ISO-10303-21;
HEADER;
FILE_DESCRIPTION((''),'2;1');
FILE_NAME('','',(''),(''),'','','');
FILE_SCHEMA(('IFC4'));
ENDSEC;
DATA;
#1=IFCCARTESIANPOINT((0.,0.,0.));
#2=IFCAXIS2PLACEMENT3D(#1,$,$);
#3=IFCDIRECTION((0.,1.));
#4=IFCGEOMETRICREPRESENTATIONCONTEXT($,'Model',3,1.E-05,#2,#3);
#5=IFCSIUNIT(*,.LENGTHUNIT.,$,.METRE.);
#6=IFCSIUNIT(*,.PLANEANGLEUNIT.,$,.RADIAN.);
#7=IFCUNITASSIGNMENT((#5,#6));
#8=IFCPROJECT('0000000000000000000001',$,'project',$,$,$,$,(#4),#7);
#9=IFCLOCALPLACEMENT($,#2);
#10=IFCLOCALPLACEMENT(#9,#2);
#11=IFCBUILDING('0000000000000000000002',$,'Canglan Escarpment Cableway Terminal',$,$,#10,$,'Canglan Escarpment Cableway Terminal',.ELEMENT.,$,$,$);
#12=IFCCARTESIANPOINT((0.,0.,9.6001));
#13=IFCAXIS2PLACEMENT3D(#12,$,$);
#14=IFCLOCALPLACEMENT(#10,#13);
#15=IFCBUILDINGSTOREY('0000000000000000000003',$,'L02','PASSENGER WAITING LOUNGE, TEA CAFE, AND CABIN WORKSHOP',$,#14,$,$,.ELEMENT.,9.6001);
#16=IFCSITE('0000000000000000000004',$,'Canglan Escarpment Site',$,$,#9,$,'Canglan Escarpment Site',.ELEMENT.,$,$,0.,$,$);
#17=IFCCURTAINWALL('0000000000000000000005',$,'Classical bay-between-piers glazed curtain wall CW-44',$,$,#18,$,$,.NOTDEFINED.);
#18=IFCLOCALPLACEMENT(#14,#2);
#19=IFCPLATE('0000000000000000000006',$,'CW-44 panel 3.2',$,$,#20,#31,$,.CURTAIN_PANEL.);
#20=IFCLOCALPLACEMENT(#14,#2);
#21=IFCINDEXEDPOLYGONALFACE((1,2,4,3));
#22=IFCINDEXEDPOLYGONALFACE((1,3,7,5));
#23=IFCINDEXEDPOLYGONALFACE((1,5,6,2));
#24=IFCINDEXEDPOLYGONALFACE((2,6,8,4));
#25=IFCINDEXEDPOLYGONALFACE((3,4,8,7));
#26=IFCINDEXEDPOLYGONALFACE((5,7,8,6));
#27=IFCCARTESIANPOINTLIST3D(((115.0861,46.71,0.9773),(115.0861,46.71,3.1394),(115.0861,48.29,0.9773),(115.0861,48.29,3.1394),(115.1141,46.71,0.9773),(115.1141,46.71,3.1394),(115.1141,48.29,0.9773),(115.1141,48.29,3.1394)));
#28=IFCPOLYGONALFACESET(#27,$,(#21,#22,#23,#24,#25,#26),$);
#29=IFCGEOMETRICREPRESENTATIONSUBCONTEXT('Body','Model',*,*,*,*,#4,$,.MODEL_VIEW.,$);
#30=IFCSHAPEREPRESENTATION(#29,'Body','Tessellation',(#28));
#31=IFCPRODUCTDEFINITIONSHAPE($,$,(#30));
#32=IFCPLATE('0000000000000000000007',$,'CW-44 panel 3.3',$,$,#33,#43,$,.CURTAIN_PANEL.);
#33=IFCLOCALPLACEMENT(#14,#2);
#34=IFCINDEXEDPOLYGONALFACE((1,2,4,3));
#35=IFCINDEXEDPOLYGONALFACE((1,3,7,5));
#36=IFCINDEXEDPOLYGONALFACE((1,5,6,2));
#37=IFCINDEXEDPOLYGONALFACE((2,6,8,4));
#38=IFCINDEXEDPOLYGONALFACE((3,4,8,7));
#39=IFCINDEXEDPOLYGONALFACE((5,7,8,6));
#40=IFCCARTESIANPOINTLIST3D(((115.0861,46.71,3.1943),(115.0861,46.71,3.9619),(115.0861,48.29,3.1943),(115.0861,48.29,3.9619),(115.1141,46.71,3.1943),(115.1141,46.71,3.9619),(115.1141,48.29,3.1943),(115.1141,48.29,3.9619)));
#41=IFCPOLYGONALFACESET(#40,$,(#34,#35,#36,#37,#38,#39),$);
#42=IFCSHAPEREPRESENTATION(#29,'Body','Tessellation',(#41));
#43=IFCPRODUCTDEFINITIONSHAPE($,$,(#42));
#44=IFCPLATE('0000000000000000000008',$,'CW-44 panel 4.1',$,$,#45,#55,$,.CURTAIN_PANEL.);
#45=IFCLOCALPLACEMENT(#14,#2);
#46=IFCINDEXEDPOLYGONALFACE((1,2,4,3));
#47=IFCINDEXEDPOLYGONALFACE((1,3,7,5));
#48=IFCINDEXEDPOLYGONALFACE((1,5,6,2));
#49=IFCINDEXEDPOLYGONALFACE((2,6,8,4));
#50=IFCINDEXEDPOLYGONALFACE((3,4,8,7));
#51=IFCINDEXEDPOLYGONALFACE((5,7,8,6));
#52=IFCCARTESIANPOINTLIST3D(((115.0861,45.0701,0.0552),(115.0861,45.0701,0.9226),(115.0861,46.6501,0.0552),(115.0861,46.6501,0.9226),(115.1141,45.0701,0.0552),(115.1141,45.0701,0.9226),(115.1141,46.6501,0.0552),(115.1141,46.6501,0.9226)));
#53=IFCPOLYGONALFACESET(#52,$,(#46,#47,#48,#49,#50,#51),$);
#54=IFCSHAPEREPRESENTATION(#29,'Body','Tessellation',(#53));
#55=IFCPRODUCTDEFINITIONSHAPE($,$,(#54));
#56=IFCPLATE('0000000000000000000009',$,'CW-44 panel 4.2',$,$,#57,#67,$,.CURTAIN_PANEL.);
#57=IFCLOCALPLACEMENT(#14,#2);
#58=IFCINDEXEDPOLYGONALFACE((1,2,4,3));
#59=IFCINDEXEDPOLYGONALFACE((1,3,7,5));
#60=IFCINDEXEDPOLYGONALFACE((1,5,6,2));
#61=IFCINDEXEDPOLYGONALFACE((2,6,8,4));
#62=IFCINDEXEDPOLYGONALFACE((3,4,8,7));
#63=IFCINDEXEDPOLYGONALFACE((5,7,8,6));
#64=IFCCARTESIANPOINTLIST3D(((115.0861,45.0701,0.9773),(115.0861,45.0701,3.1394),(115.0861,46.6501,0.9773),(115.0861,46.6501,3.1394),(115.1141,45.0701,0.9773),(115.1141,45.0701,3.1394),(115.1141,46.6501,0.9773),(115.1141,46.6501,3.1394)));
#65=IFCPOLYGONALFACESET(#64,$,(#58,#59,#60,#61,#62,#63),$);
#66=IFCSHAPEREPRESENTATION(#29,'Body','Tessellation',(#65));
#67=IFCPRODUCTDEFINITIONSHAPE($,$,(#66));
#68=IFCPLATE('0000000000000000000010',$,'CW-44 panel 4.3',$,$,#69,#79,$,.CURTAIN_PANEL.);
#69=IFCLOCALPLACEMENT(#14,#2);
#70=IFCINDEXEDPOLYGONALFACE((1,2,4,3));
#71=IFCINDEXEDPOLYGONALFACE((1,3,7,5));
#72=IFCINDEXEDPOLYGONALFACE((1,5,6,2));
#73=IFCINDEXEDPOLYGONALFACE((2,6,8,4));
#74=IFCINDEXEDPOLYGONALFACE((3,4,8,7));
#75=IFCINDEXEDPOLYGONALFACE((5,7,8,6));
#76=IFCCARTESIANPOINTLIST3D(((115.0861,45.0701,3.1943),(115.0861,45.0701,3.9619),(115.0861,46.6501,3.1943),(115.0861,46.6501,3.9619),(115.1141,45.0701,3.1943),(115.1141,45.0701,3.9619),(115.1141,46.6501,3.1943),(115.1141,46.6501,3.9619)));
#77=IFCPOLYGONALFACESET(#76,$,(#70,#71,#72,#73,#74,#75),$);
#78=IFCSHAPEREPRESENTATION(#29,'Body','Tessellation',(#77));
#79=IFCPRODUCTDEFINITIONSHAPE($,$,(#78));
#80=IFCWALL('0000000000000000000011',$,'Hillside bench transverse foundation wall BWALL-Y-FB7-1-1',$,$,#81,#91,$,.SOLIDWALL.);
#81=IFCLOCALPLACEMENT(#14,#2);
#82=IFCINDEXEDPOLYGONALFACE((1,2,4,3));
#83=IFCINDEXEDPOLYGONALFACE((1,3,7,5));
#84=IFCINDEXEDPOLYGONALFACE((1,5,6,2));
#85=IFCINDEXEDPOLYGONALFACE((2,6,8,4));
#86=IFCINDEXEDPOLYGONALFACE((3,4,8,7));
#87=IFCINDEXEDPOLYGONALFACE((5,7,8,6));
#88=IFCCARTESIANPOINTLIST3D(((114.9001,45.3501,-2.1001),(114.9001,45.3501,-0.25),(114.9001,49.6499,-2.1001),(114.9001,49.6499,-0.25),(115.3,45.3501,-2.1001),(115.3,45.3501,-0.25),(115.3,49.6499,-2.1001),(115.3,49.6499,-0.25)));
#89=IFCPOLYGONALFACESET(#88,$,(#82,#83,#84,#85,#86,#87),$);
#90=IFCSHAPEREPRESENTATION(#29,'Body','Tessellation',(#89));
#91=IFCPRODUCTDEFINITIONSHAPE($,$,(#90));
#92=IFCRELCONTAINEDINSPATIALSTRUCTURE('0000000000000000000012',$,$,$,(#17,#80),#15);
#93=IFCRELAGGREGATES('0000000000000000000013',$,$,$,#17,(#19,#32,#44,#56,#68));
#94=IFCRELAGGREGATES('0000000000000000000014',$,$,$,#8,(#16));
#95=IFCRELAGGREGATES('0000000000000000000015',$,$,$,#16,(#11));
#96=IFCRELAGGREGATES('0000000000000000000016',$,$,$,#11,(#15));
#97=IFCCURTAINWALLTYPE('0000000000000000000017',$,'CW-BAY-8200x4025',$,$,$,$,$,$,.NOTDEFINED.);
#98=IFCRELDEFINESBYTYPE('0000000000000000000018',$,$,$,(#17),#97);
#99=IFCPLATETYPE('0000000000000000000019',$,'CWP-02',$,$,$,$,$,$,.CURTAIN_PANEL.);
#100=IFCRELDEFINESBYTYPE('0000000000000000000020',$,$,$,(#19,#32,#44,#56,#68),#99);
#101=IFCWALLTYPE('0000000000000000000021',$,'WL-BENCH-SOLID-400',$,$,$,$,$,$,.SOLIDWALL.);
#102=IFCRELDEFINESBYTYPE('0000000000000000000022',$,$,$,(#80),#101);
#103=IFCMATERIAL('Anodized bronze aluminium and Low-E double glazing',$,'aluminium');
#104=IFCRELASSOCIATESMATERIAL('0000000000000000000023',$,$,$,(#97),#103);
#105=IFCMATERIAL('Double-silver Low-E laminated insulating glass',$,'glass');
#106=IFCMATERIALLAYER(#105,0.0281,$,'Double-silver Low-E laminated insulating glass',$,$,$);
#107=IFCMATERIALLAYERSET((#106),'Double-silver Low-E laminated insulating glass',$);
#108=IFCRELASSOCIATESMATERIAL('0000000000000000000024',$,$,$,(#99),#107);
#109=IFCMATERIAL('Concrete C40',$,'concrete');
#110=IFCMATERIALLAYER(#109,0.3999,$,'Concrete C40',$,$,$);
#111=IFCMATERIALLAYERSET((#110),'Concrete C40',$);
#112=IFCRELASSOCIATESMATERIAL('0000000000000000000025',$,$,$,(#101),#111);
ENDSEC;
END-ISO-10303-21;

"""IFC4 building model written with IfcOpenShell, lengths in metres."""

from ifc_helpers import new_model, si_unit, direction, frame, frame_2d, origin, origin_2d, place, context, subcontext, project, spatial, rectangle, extrude, material, layer, layer_set, type_object, element, aggregate, save


model = new_model("IFC4")

# Units and contexts
model_context = context("Model", 3, precision=1e-05, world=origin(), true_north=direction((0.0, 1.0)))
body_context = subcontext(model_context, "Body", "Model", "MODEL_VIEW")
ifc_project = project(units=[si_unit("LENGTHUNIT", "METRE"), si_unit("PLANEANGLEUNIT", "RADIAN")], contexts=[model_context])

# Site, building, storey
site_placement = place(None, origin())
site = spatial("IfcSite", under=ifc_project, at=site_placement, Name="Canglan Escarpment Site", LongName="Canglan Escarpment Site", CompositionType="ELEMENT", RefElevation=0.0)
building_placement = place(site_placement, origin())
building = spatial("IfcBuilding", under=site, at=building_placement, Name="Canglan Escarpment Cableway Terminal", LongName="Canglan Escarpment Cableway Terminal", CompositionType="ELEMENT")
storey_placement = place(building_placement, frame((0.0, 0.0, 9.6001)))
storey = spatial("IfcBuildingStorey", under=building, at=storey_placement, Name="L02", Description="PASSENGER WAITING LOUNGE, TEA CAFE, AND CABIN WORKSHOP", CompositionType="ELEMENT", Elevation=9.6001)

# Shared definitions
ifc_material_1 = material(Name="Concrete C40", Category="concrete")

# Curtain wall, plates
ifc_material_2 = material(Name="Anodized bronze aluminium and Low-E double glazing", Category="aluminium")
curtain_wall_type = type_object("IfcCurtainWallType", Name="CW-BAY-8200x4025", PredefinedType="NOTDEFINED", material=ifc_material_2)
curtain_wall_placement = place(storey_placement, origin())
curtain_wall = element("IfcCurtainWall", 1, at=curtain_wall_placement, inside=storey, type_object=curtain_wall_type, Name="Classical bay-between-piers glazed curtain wall CW-44", PredefinedType="NOTDEFINED")
ifc_material_3 = material(Name="Double-silver Low-E laminated insulating glass", Category="glass")
ifc_layer_1 = layer(ifc_material_3, 0.0281, Name="Double-silver Low-E laminated insulating glass")
ifc_layer_set_1 = layer_set([ifc_layer_1], Name="Double-silver Low-E laminated insulating glass")
plate_type = type_object("IfcPlateType", Name="CWP-02", PredefinedType="CURTAIN_PANEL", material=ifc_layer_set_1)
plate_1_placement = place(storey_placement, frame((115.1001, 47.5, 0.9773), z_axis=(0.0, 0.0, 1.0), x_axis=(0.0, -1.0, 0.0)))
plate_1 = element("IfcPlate", 2, at=plate_1_placement, type_object=plate_type, Name="CW-44 panel 3.2", PredefinedType="CURTAIN_PANEL", context=body_context, shape_type="SweptSolid", body=[
    extrude(rectangle(XDim=1.5801, YDim=0.0281, at=origin_2d()), origin(), (0.0, 0.0, 1.0), 2.1621),
])
plate_2_placement = place(storey_placement, frame((115.1001, 47.5, 3.1943), z_axis=(0.0, 0.0, 1.0), x_axis=(0.0, -1.0, 0.0)))
plate_2 = element("IfcPlate", 3, at=plate_2_placement, type_object=plate_type, Name="CW-44 panel 3.3", PredefinedType="CURTAIN_PANEL", context=body_context, shape_type="SweptSolid", body=[
    extrude(rectangle(XDim=1.5801, YDim=0.0281, at=origin_2d()), origin(), (0.0, 0.0, 1.0), 0.7676),
])
plate_3_placement = place(storey_placement, frame((115.1001, 45.8601, 0.0552), z_axis=(0.0, 0.0, 1.0), x_axis=(0.0, -1.0, 0.0)))
plate_3 = element("IfcPlate", 4, at=plate_3_placement, type_object=plate_type, Name="CW-44 panel 4.1", PredefinedType="CURTAIN_PANEL", context=body_context, shape_type="SweptSolid", body=[
    extrude(rectangle(XDim=1.5801, YDim=0.0281, at=origin_2d()), origin(), (0.0, 0.0, 1.0), 0.8674),
])
plate_4_placement = place(storey_placement, frame((115.1001, 45.8601, 0.9773), z_axis=(0.0, 0.0, 1.0), x_axis=(0.0, -1.0, 0.0)))
plate_4 = element("IfcPlate", 5, at=plate_4_placement, type_object=plate_type, Name="CW-44 panel 4.2", PredefinedType="CURTAIN_PANEL", context=body_context, shape_type="SweptSolid", body=[
    extrude(rectangle(XDim=1.5801, YDim=0.0281, at=origin_2d()), origin(), (0.0, 0.0, 1.0), 2.1621),
])
plate_5_placement = place(storey_placement, frame((115.1001, 45.8601, 3.1943), z_axis=(0.0, 0.0, 1.0), x_axis=(0.0, -1.0, 0.0)))
plate_5 = element("IfcPlate", 6, at=plate_5_placement, type_object=plate_type, Name="CW-44 panel 4.3", PredefinedType="CURTAIN_PANEL", context=body_context, shape_type="SweptSolid", body=[
    extrude(rectangle(XDim=1.5801, YDim=0.0281, at=origin_2d()), origin(), (0.0, 0.0, 1.0), 0.7676),
])
aggregate(curtain_wall, [plate_1, plate_2, plate_3, plate_4, plate_5])

# Wall
ifc_layer_2 = layer(ifc_material_1, 0.3999, Name="Concrete C40")
ifc_layer_set_2 = layer_set([ifc_layer_2], Name="Concrete C40")
wall_type = type_object("IfcWallType", Name="WL-BENCH-SOLID-400", PredefinedType="SOLIDWALL", material=ifc_layer_set_2)
wall_placement = place(storey_placement, frame((115.1001, 45.3501, -2.1001), z_axis=(0.0, 0.0, 1.0), x_axis=(0.0, 1.0, 0.0)))
element("IfcWall", 7, at=wall_placement, inside=storey, type_object=wall_type, Name="Hillside bench transverse foundation wall BWALL-Y-FB7-1-1", PredefinedType="SOLIDWALL", context=body_context, shape_type="SweptSolid", body=[
    extrude(rectangle(XDim=4.2998, YDim=0.3999, at=frame_2d((2.1499, 0.0))), origin(), (0.0, 0.0, 1.0), 1.8501),
])

save(model, "model.ifc")
